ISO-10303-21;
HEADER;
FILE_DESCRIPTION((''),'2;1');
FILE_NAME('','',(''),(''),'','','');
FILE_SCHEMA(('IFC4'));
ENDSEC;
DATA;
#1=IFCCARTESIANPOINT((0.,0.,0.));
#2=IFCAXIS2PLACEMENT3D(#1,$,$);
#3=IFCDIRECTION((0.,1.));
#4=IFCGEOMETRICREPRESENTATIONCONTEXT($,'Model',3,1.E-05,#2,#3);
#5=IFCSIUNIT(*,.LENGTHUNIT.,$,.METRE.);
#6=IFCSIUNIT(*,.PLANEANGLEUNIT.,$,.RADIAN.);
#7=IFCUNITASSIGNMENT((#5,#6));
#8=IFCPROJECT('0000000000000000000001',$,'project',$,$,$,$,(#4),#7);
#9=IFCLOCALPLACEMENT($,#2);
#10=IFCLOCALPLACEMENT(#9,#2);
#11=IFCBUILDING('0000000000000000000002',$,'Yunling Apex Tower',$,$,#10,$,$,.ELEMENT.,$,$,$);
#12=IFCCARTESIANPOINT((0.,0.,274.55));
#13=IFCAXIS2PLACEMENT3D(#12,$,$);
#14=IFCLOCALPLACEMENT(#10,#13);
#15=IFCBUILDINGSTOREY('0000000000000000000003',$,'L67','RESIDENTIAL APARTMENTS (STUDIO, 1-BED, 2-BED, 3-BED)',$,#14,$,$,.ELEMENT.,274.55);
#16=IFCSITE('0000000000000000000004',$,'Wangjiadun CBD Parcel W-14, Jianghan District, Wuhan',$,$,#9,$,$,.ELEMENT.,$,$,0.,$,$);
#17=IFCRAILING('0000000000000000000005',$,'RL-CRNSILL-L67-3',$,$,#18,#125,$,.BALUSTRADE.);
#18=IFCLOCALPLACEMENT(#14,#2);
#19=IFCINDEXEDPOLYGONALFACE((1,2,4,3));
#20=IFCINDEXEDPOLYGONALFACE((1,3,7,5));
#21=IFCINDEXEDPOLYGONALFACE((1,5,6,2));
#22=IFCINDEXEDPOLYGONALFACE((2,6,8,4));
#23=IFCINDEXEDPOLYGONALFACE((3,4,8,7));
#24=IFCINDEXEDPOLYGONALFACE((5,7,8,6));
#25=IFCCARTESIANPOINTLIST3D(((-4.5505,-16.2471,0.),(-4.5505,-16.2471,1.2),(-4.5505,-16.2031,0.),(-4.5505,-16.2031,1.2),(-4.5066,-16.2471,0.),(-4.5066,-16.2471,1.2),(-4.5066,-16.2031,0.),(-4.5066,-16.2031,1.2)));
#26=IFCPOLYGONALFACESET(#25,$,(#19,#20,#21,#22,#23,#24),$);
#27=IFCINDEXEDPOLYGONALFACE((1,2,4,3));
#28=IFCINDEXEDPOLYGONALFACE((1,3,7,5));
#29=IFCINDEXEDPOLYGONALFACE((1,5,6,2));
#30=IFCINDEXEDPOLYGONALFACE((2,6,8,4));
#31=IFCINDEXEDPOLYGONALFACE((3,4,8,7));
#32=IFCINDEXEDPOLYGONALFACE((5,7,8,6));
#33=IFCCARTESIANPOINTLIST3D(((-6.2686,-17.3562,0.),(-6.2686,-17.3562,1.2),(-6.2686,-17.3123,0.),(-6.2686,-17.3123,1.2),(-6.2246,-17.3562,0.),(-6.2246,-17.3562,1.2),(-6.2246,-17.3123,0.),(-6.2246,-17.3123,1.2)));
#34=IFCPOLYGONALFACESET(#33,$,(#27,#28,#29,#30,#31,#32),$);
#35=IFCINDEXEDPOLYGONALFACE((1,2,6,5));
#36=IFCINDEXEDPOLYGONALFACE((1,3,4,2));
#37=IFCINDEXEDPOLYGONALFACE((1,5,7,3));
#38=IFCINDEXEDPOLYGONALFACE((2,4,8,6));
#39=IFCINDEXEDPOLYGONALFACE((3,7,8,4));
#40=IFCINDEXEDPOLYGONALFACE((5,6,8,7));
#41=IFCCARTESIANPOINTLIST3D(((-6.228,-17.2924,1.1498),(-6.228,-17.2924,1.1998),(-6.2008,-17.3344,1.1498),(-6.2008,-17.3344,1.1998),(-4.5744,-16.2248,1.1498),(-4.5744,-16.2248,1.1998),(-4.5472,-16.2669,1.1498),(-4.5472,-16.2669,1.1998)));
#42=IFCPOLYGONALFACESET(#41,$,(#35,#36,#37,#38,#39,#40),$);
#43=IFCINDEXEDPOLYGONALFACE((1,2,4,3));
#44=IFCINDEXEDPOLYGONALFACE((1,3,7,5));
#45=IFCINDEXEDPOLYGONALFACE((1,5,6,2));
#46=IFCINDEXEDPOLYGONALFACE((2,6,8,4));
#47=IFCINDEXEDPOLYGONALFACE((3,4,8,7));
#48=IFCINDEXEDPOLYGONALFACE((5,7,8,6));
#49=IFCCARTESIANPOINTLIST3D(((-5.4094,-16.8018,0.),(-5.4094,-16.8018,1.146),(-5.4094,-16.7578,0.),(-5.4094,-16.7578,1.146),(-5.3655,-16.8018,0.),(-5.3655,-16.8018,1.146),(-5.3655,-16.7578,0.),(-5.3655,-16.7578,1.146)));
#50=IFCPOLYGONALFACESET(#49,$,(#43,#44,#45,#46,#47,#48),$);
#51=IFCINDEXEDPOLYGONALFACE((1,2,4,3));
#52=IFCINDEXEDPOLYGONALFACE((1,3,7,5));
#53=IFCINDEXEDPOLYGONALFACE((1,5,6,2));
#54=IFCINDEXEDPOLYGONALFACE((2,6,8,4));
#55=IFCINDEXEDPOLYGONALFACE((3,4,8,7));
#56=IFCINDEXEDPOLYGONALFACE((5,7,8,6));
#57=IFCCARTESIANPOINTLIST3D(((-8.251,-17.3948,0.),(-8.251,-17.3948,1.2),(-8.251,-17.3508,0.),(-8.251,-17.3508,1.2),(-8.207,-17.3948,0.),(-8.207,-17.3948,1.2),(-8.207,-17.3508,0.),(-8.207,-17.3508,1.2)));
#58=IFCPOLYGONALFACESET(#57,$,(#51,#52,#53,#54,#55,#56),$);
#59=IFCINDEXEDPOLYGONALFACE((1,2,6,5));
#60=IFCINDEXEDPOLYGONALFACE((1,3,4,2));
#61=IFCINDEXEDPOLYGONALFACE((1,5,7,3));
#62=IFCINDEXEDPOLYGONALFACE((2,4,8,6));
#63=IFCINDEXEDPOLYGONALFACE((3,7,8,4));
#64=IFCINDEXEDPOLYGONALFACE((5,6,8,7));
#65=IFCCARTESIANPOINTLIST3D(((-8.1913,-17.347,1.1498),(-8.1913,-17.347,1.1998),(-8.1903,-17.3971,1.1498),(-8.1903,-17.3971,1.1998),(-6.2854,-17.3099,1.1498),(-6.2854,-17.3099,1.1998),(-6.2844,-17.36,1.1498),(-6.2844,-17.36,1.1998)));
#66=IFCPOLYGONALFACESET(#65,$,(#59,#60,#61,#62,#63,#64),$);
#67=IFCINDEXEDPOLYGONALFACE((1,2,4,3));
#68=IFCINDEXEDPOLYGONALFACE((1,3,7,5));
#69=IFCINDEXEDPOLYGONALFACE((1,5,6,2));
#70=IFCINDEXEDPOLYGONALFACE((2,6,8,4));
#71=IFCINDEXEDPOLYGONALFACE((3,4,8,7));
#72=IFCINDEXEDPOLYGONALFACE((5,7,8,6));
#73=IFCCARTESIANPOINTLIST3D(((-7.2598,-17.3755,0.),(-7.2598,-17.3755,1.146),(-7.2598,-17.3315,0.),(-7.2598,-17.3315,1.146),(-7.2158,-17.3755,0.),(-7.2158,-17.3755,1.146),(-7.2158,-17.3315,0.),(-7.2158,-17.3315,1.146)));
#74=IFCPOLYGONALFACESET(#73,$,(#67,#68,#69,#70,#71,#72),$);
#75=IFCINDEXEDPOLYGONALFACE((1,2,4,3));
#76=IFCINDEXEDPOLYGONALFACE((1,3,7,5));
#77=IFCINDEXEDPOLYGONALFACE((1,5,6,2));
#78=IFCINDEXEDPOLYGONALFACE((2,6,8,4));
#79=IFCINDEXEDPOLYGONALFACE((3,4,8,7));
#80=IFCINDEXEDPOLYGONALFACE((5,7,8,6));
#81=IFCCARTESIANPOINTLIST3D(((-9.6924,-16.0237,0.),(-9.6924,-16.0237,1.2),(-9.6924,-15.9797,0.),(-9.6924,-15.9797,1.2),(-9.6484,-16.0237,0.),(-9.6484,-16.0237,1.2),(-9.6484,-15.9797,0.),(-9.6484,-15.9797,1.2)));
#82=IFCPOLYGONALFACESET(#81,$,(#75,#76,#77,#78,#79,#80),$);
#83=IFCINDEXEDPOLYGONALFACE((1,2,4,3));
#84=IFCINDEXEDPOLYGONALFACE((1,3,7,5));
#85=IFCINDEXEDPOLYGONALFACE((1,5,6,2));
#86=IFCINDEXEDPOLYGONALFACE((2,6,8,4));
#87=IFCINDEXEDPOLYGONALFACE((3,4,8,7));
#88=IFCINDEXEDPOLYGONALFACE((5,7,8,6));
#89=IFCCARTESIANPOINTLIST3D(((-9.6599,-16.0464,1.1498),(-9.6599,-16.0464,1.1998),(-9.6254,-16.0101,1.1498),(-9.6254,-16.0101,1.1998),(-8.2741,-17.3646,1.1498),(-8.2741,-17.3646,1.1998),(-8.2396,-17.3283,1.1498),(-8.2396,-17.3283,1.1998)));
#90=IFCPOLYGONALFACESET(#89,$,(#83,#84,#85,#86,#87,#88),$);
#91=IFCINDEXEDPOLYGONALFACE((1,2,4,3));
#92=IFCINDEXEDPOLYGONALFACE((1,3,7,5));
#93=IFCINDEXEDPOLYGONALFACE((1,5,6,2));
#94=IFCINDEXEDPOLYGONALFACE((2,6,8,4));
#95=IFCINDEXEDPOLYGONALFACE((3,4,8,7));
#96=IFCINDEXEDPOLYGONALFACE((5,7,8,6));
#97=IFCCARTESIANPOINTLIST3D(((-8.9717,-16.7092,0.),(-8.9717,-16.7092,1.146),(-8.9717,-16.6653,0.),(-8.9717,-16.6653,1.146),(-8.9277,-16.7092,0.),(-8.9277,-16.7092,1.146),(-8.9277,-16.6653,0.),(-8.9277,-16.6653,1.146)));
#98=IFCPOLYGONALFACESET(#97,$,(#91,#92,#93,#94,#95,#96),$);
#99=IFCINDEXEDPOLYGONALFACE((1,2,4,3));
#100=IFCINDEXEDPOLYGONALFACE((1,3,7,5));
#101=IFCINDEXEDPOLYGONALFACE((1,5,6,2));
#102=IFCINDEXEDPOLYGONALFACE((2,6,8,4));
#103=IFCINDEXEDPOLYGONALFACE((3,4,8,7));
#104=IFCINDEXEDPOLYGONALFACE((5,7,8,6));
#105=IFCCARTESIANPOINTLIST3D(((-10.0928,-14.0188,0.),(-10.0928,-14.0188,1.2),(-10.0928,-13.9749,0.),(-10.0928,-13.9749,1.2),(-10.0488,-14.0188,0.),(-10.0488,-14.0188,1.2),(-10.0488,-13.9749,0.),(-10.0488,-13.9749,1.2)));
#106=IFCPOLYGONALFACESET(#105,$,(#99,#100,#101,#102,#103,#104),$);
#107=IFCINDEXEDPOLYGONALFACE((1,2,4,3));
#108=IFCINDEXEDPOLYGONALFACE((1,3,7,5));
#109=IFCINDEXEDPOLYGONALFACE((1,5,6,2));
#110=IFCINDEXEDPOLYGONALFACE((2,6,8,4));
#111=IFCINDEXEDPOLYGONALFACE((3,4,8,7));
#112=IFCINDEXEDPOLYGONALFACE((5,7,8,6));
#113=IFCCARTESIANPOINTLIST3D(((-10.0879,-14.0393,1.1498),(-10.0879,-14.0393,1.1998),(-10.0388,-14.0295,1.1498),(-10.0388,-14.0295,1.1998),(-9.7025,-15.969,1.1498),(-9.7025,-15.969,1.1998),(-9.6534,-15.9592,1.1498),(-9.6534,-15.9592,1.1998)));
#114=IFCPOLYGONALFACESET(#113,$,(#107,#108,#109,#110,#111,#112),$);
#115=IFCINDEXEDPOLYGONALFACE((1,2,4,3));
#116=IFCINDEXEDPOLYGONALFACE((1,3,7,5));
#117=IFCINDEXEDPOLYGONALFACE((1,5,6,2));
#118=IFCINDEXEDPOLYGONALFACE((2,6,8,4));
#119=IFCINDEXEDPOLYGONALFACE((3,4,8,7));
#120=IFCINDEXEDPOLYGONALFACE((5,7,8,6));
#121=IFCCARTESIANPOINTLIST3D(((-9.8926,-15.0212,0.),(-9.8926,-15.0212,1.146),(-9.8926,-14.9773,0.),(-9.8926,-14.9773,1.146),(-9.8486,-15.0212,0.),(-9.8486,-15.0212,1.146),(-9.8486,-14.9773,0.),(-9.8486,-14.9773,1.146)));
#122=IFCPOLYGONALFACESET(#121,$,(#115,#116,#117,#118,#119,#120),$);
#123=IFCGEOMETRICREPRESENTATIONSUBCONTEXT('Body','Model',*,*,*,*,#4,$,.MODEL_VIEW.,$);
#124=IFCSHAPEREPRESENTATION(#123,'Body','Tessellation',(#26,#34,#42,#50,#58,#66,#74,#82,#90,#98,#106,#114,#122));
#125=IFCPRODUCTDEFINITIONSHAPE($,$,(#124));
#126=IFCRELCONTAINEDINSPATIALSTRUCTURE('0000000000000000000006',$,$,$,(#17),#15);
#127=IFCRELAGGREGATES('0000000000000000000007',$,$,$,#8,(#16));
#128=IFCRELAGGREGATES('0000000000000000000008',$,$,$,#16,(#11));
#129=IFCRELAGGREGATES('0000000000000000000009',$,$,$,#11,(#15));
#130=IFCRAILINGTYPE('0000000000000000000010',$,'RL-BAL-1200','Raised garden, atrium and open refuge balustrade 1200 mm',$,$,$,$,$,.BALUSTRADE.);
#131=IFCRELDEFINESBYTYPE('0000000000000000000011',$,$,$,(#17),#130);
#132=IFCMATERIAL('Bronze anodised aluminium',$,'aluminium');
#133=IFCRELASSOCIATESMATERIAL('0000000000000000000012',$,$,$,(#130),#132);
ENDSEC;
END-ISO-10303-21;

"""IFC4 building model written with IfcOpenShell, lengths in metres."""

from ifc_helpers import new_model, si_unit, direction, frame, origin, origin_2d, place, context, subcontext, project, spatial, rectangle, extrude, material, type_object, element, save


model = new_model("IFC4")

# Units and contexts
model_context = context("Model", 3, precision=1e-05, world=origin(), true_north=direction((0.0, 1.0)))
body_context = subcontext(model_context, "Body", "Model", "MODEL_VIEW")
ifc_project = project(units=[si_unit("LENGTHUNIT", "METRE"), si_unit("PLANEANGLEUNIT", "RADIAN")], contexts=[model_context])

# Site, building, storey
site_placement = place(None, origin())
site = spatial("IfcSite", under=ifc_project, at=site_placement, Name="Wangjiadun CBD Parcel W-14, Jianghan District, Wuhan", CompositionType="ELEMENT", RefElevation=0.0)
building_placement = place(site_placement, origin())
building = spatial("IfcBuilding", under=site, at=building_placement, Name="Yunling Apex Tower", CompositionType="ELEMENT")
storey_placement = place(building_placement, frame((0.0, 0.0, 274.55)))
storey = spatial("IfcBuildingStorey", under=building, at=storey_placement, Name="L67", Description="RESIDENTIAL APARTMENTS (STUDIO, 1-BED, 2-BED, 3-BED)", CompositionType="ELEMENT", Elevation=274.55)

# Shared definitions
ifc_material_1 = material(Name="Bronze anodised aluminium", Category="aluminium")

# Railing
railing_type = type_object("IfcRailingType", Name="RL-BAL-1200", Description="Raised garden, atrium and open refuge balustrade 1200 mm", PredefinedType="BALUSTRADE", material=ifc_material_1)
railing_placement = place(storey_placement, frame((-4.5286, -16.2251, 0.0)))
element("IfcRailing", 1, at=railing_placement, inside=storey, type_object=railing_type, Name="RL-CRNSILL-L67-3", PredefinedType="BALUSTRADE", context=body_context, shape_type="SweptSolid", body=[
    extrude(rectangle(XDim=0.0439, YDim=0.0439, at=origin_2d()), origin(), (0.0, 0.0, 1.0), 1.2),
    extrude(rectangle(XDim=0.0439, YDim=0.0439, at=origin_2d()), frame((-1.718, -1.1091, 0.0)), (0.0, 0.0, 1.0), 1.2),
    extrude(rectangle(XDim=0.05, YDim=0.05, at=origin_2d()), frame((-0.0322, -0.0208, 1.1748), z_axis=(-0.840133, -0.54238, 0.0), x_axis=(0.54238, -0.840133, 0.0)), (0.0, 0.0, 1.0), 1.9683),
    extrude(rectangle(XDim=0.0439, YDim=0.0439, at=origin_2d()), frame((-0.8589, -0.5547, 0.0)), (0.0, 0.0, 1.0), 1.146),
    extrude(rectangle(XDim=0.0439, YDim=0.0439, at=origin_2d()), frame((-3.7004, -1.1477, 0.0)), (0.0, 0.0, 1.0), 1.2),
    extrude(rectangle(XDim=0.05, YDim=0.05, at=origin_2d()), frame((-1.7563, -1.1099, 1.1748), z_axis=(-0.999811, -0.019454, 0.0), x_axis=(0.019454, -0.999811, 0.0)), (0.0, 0.0, 1.0), 1.9062),
    extrude(rectangle(XDim=0.0439, YDim=0.0439, at=origin_2d()), frame((-2.7092, -1.1284, 0.0)), (0.0, 0.0, 1.0), 1.146),
    extrude(rectangle(XDim=0.0439, YDim=0.0439, at=origin_2d()), frame((-5.1418, 0.2234, 0.0)), (0.0, 0.0, 1.0), 1.2),
    extrude(rectangle(XDim=0.05, YDim=0.05, at=origin_2d()), frame((-3.7283, -1.1213, 1.1748), z_axis=(-0.724558, 0.689214, 0.0), x_axis=(-0.689214, -0.724558, 0.0)), (0.0, 0.0, 1.0), 1.9126),
    extrude(rectangle(XDim=0.0439, YDim=0.0439, at=origin_2d()), frame((-4.4211, -0.4622, 0.0)), (0.0, 0.0, 1.0), 1.146),
    extrude(rectangle(XDim=0.0439, YDim=0.0439, at=origin_2d()), frame((-5.5422, 2.2283, 0.0)), (0.0, 0.0, 1.0), 1.2),
    extrude(rectangle(XDim=0.05, YDim=0.05, at=origin_2d()), frame((-5.1494, 0.261, 1.1748), z_axis=(-0.195841, 0.980636, 0.0), x_axis=(-0.980636, -0.195841, 0.0)), (0.0, 0.0, 1.0), 1.9678),
    extrude(rectangle(XDim=0.0439, YDim=0.0439, at=origin_2d()), frame((-5.342, 1.2258, 0.0)), (0.0, 0.0, 1.0), 1.146),
])

save(model, "model.ifc")
